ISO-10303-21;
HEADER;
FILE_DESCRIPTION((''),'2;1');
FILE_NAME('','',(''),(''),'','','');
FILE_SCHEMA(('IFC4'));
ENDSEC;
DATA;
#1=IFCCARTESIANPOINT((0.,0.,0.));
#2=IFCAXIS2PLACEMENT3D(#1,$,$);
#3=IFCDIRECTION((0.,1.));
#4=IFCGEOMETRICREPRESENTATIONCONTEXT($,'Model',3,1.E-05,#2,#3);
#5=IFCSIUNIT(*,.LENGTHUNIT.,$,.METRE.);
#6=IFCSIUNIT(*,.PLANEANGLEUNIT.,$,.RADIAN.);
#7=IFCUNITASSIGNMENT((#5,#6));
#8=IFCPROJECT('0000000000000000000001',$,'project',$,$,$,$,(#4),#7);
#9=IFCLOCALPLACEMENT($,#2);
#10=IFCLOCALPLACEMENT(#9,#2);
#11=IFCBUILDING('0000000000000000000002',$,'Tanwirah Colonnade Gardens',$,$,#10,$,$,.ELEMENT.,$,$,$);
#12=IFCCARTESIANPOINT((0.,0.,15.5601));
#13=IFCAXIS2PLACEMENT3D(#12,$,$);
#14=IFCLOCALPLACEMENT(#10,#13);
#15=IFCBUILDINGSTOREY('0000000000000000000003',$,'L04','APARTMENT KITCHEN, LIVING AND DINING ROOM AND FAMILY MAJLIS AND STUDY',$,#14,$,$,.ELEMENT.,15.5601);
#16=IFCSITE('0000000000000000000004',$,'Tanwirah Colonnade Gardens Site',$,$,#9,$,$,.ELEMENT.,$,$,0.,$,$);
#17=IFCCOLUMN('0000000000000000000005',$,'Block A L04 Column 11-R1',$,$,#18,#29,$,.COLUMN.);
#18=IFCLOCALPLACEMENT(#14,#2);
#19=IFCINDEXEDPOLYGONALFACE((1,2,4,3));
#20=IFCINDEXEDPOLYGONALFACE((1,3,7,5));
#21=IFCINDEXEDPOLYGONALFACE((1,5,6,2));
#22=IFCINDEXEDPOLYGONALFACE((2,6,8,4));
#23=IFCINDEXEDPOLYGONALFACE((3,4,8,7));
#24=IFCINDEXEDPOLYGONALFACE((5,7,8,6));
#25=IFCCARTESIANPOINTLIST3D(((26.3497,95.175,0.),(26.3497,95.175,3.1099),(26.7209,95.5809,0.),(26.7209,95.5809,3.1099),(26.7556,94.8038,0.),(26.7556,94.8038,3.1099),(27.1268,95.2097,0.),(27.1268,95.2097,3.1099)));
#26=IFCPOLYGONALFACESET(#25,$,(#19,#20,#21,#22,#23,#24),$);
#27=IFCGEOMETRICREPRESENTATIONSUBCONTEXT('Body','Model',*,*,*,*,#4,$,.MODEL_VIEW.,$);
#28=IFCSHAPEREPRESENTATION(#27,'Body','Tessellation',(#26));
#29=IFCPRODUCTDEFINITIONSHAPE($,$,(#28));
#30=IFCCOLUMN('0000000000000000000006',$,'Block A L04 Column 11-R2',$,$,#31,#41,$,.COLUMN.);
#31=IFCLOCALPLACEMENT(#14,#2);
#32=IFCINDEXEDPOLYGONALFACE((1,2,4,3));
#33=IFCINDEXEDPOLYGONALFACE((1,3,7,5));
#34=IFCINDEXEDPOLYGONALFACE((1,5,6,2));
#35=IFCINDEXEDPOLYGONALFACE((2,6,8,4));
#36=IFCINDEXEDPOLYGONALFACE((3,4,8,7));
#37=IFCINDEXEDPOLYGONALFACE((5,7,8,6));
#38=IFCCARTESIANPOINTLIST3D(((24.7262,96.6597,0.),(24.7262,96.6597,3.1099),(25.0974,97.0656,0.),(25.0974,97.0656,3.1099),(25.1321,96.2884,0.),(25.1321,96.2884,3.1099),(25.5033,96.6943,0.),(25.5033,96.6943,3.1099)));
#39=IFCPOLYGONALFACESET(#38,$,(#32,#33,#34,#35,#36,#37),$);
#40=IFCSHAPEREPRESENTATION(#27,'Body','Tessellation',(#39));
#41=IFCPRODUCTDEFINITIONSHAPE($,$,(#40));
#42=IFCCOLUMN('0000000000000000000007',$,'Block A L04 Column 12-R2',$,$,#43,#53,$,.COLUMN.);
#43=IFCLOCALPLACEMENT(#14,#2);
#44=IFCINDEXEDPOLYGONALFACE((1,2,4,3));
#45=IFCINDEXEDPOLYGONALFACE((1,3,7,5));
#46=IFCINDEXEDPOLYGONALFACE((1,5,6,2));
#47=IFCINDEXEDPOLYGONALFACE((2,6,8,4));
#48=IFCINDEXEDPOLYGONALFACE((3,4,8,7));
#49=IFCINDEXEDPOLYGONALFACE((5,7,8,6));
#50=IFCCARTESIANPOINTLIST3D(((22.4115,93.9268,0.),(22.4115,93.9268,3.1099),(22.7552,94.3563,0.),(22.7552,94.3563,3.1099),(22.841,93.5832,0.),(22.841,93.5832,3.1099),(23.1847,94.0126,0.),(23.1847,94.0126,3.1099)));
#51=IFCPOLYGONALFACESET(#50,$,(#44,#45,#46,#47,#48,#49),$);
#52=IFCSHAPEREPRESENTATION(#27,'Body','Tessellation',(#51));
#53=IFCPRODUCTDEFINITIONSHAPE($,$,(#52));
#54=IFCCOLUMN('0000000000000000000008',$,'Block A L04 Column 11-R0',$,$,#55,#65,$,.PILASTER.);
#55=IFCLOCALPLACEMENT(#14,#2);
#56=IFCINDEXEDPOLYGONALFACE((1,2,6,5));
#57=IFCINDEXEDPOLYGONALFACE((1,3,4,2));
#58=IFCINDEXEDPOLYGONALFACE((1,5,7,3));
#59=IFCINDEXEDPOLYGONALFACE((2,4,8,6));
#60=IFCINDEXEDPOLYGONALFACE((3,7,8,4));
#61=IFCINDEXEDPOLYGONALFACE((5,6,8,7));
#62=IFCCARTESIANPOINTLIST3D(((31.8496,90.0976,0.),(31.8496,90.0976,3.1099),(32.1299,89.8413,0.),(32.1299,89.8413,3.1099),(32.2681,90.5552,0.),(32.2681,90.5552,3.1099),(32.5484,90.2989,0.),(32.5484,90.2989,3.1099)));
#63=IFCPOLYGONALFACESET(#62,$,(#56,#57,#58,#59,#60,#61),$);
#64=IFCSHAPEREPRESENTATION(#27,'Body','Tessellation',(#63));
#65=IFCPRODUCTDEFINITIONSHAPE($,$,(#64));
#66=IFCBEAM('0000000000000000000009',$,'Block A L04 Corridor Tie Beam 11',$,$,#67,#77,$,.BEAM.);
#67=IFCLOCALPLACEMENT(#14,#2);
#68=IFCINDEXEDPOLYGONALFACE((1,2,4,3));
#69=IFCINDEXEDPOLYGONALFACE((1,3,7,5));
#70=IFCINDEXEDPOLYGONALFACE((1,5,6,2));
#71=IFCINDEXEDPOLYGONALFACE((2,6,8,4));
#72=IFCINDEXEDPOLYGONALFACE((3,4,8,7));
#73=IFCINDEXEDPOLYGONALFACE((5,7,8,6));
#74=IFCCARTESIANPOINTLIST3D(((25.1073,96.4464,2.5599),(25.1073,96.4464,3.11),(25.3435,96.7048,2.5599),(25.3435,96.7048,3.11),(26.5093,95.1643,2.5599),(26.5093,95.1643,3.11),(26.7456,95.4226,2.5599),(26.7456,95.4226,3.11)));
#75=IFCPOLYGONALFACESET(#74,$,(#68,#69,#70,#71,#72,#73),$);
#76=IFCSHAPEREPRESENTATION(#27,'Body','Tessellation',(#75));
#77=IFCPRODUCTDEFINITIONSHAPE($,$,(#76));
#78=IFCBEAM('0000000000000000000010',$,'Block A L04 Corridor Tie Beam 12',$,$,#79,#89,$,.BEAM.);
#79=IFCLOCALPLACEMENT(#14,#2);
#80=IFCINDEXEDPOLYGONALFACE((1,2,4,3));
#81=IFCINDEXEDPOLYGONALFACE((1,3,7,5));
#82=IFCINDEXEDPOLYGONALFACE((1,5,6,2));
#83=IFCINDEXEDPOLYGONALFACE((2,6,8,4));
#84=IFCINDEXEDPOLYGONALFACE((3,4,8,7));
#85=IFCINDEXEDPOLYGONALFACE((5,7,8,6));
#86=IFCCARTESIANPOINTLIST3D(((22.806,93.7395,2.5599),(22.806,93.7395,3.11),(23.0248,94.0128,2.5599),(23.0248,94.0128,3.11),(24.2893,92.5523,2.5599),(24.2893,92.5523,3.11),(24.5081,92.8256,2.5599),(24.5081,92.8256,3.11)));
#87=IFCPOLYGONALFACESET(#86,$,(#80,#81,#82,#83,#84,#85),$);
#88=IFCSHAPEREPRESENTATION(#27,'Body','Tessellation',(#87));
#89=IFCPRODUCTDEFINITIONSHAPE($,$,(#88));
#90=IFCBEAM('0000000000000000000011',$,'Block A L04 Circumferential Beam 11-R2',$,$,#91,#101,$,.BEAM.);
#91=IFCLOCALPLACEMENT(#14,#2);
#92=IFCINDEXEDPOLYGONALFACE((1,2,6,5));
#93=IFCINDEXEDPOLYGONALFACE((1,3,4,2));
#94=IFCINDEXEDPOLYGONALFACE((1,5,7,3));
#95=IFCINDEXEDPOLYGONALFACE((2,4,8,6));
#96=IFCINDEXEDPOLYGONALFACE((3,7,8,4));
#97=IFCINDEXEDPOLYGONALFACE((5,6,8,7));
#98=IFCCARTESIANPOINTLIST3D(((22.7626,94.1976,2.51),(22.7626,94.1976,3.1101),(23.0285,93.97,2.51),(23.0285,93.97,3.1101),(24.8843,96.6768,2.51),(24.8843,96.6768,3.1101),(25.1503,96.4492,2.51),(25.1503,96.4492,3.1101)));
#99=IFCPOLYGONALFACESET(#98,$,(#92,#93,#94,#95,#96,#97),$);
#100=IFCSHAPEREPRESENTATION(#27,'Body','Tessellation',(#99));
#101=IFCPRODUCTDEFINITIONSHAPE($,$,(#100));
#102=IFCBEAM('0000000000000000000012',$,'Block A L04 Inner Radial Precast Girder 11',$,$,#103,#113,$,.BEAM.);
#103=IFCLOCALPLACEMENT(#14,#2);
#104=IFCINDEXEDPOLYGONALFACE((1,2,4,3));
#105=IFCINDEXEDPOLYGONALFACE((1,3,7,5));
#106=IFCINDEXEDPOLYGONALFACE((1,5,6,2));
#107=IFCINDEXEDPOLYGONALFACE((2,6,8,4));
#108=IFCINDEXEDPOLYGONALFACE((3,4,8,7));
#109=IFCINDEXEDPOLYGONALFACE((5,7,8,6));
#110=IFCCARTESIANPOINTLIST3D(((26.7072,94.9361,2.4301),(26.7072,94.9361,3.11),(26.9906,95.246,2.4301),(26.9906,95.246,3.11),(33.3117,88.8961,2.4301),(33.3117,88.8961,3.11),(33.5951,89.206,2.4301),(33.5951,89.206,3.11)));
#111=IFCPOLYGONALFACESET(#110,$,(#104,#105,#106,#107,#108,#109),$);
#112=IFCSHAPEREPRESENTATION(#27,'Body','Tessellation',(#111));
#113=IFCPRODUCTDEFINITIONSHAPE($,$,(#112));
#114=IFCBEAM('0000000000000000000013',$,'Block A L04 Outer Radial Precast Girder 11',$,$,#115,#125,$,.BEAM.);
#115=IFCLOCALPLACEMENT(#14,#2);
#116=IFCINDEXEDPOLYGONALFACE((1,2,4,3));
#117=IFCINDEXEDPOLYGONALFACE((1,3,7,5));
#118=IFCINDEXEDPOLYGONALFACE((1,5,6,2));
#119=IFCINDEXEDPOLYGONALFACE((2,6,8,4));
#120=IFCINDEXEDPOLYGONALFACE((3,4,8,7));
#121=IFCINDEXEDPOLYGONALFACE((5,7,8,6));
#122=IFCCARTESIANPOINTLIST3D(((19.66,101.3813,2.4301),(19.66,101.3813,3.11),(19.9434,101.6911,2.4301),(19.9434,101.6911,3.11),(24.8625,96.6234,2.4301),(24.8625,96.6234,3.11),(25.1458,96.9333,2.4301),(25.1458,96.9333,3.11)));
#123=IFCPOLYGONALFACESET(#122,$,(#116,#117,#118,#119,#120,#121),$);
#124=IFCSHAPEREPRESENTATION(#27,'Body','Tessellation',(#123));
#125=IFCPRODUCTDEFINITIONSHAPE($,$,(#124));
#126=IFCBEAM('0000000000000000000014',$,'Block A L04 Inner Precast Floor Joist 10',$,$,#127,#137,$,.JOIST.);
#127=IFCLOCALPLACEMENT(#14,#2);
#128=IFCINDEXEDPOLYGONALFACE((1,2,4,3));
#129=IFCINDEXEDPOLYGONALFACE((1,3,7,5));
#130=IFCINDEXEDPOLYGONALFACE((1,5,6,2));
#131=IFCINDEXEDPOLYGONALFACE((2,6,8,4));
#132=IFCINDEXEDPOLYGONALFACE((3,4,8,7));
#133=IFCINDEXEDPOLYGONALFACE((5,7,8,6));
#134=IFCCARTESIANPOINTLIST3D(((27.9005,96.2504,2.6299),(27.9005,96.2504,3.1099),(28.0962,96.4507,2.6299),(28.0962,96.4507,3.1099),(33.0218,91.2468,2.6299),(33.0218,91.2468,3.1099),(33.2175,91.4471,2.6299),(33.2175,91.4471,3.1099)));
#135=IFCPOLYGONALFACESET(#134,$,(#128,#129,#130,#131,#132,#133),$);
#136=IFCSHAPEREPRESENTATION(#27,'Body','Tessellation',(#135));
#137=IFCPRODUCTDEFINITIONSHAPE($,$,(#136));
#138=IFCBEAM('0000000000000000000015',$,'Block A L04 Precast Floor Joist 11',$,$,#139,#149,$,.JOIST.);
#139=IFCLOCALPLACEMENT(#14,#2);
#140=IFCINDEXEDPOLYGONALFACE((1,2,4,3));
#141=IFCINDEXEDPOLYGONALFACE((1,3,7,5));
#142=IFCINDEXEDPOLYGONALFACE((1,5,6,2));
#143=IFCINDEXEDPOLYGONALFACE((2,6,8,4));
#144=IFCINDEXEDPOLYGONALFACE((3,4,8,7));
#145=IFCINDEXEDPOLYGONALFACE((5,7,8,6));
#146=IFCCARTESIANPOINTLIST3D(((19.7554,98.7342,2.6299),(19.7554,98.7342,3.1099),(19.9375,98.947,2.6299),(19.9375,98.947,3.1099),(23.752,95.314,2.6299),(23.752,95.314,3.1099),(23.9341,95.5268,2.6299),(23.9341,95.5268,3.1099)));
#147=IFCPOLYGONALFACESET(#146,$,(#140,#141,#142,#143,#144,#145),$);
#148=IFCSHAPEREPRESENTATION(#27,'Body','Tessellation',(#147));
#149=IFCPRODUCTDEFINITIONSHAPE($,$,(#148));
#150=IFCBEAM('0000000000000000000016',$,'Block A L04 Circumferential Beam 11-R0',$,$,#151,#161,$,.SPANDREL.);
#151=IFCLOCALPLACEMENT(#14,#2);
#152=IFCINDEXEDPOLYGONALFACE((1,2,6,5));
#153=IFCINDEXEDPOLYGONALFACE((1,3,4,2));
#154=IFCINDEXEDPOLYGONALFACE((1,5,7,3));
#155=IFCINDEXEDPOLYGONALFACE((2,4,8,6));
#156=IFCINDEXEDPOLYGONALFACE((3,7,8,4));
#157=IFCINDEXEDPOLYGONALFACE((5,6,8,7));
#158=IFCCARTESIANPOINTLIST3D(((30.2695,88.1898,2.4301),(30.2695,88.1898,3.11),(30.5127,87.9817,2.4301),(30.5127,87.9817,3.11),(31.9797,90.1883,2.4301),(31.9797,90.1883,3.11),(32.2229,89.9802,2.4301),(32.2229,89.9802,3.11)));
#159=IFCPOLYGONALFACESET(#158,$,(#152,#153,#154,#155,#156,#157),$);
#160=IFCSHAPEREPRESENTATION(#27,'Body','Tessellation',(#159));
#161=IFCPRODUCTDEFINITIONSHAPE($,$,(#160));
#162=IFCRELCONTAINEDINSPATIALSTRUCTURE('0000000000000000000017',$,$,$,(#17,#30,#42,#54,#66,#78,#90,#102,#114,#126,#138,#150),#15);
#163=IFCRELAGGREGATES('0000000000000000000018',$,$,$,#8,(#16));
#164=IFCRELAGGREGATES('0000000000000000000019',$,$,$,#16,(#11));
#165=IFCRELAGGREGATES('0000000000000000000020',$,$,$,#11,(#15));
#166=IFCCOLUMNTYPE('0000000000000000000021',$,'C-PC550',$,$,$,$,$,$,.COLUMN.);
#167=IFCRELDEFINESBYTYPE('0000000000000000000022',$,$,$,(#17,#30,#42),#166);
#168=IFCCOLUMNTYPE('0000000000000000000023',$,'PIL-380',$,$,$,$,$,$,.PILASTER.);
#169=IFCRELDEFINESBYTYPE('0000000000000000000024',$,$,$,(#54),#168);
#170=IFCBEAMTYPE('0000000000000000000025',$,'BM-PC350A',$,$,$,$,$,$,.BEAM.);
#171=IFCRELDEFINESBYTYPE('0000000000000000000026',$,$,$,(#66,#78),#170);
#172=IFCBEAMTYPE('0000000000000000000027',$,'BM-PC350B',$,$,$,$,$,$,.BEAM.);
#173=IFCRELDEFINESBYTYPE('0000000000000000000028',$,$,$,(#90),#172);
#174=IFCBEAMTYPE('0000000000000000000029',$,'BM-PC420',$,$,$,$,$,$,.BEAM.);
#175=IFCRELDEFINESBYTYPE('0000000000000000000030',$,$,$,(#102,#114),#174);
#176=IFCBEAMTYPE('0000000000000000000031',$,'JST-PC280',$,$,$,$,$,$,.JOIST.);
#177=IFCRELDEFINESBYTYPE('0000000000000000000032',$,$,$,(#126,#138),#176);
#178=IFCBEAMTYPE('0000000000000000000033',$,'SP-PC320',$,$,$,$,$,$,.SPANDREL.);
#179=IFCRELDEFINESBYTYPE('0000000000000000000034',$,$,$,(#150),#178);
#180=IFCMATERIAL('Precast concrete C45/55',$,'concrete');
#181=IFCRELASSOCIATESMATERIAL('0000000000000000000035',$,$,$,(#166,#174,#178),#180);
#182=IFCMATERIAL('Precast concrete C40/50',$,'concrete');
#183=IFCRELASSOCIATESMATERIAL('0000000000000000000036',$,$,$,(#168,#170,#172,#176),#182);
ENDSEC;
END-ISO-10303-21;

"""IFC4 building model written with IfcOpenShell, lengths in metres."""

from ifc_helpers import new_model, si_unit, direction, frame, origin, origin_2d, place, context, subcontext, project, spatial, rectangle, extrude, material, material_profile, profile_set, type_object, element, save


model = new_model("IFC4")

# Units and contexts
model_context = context("Model", 3, precision=1e-05, world=origin(), true_north=direction((0.0, 1.0)))
body_context = subcontext(model_context, "Body", "Model", "MODEL_VIEW")
ifc_project = project(units=[si_unit("LENGTHUNIT", "METRE"), si_unit("PLANEANGLEUNIT", "RADIAN")], contexts=[model_context])

# Site, building, storey
site_placement = place(None, origin())
site = spatial("IfcSite", under=ifc_project, at=site_placement, Name="Tanwirah Colonnade Gardens Site", CompositionType="ELEMENT", RefElevation=0.0)
building_placement = place(site_placement, origin())
building = spatial("IfcBuilding", under=site, at=building_placement, Name="Tanwirah Colonnade Gardens", CompositionType="ELEMENT")
storey_placement = place(building_placement, frame((0.0, 0.0, 15.5601)))
storey = spatial("IfcBuildingStorey", under=building, at=storey_placement, Name="L04", Description="APARTMENT KITCHEN, LIVING AND DINING ROOM AND FAMILY MAJLIS AND STUDY", CompositionType="ELEMENT", Elevation=15.5601)

# Columns
ifc_material_1 = material(Name="Precast concrete C45/55", Category="concrete")
ifc_material_profile_1 = material_profile(ifc_material_1, rectangle(XDim=0.55, YDim=0.55, at=origin_2d()), Name="PC-COL 550x550")
ifc_profile_set_1 = profile_set([ifc_material_profile_1], Name="Precast concrete C45/55")
column_type_1 = type_object("IfcColumnType", Name="C-PC550", PredefinedType="COLUMN", material=ifc_profile_set_1)
for number, where, z_axis, x_axis, name in (
    (1, (26.7383, 95.1924, 0.0), (0.0, 0.0, 1.0), (-0.737932, 0.674875, 0.0), "Block A L04 Column 11-R1"),
    (2, (25.1147, 96.677, 0.0), (0.0, 0.0, 1.0), (-0.737932, 0.674875, 0.0), "Block A L04 Column 11-R2"),
    (3, (22.7981, 93.9697, 0.0), (0.0, 0.0, 1.0), (-0.780794, 0.624788, 0.0), "Block A L04 Column 12-R2"),
):
    element("IfcColumn", number, at=place(storey_placement, frame(where, z_axis=z_axis, x_axis=x_axis)), inside=storey, type_object=column_type_1, Name=name, PredefinedType="COLUMN", context=body_context, shape_type="SweptSolid", body=[
        extrude(rectangle(XDim=0.55, YDim=0.55, at=origin_2d()), origin(), (0.0, 0.0, 1.0), 3.1099),
    ])
ifc_material_2 = material(Name="Precast concrete C40/50", Category="concrete")
ifc_material_profile_2 = material_profile(ifc_material_2, rectangle(XDim=0.3799, YDim=0.6201, at=origin_2d()), Name="PC-PIL 380x620")
ifc_profile_set_2 = profile_set([ifc_material_profile_2], Name="Precast concrete C40/50")
column_type_2 = type_object("IfcColumnType", Name="PIL-380", PredefinedType="PILASTER", material=ifc_profile_set_2)
column_placement = place(storey_placement, frame((32.199, 90.1982, 0.0), z_axis=(0.0, 0.0, 1.0), x_axis=(-0.737932, 0.674875, 0.0)))
element("IfcColumn", 4, at=column_placement, inside=storey, type_object=column_type_2, Name="Block A L04 Column 11-R0", PredefinedType="PILASTER", context=body_context, shape_type="SweptSolid", body=[
    extrude(rectangle(XDim=0.3799, YDim=0.6201, at=origin_2d()), origin(), (0.0, 0.0, 1.0), 3.1099),
])

# Beams
ifc_material_profile_3 = material_profile(ifc_material_2, rectangle(XDim=0.3501, YDim=0.55, at=origin_2d()), Name="PC-BM 350x550")
ifc_profile_set_3 = profile_set([ifc_material_profile_3], Name="Precast concrete C40/50")
beam_type_1 = type_object("IfcBeamType", Name="BM-PC350A", PredefinedType="BEAM", material=ifc_profile_set_3)
for number, where, z_axis, x_axis, name in (
    (5, (26.6274, 95.2935, 2.835), (-0.737948, 0.674857, 0.0), (-0.674857, -0.737948, 0.0), "Block A L04 Corridor Tie Beam 11"),
    (6, (24.3987, 92.689, 2.835), (-0.780731, 0.624867, 0.0), (-0.624867, -0.780731, 0.0), "Block A L04 Corridor Tie Beam 12"),
):
    element("IfcBeam", number, at=place(storey_placement, frame(where, z_axis=z_axis, x_axis=x_axis)), inside=storey, type_object=beam_type_1, Name=name, PredefinedType="BEAM", context=body_context, shape_type="SweptSolid", body=[
        extrude(rectangle(XDim=0.3501, YDim=0.55, at=origin_2d()), origin(), (0.0, 0.0, 1.0), 1.8999),
    ])
ifc_material_profile_4 = material_profile(ifc_material_2, rectangle(XDim=0.3501, YDim=0.6001, at=origin_2d()), Name="PC-BM 350x600")
ifc_profile_set_4 = profile_set([ifc_material_profile_4], Name="Precast concrete C40/50")
beam_type_2 = type_object("IfcBeamType", Name="BM-PC350B", PredefinedType="BEAM", material=ifc_profile_set_4)
beam_1_placement = place(storey_placement, frame((25.0173, 96.563, 2.8101), z_axis=(-0.650218, -0.759748, 0.0), x_axis=(0.759748, -0.650218, 0.0)))
element("IfcBeam", 7, at=beam_1_placement, inside=storey, type_object=beam_type_2, Name="Block A L04 Circumferential Beam 11-R2", PredefinedType="BEAM", context=body_context, shape_type="SweptSolid", body=[
    extrude(rectangle(XDim=0.3501, YDim=0.6001, at=origin_2d()), origin(), (0.0, 0.0, 1.0), 3.2632),
])
ifc_material_profile_5 = material_profile(ifc_material_1, rectangle(XDim=0.4199, YDim=0.6799, at=origin_2d()), Name="PC-BM 420x680")
ifc_profile_set_5 = profile_set([ifc_material_profile_5], Name="Precast concrete C45/55")
beam_type_3 = type_object("IfcBeamType", Name="BM-PC420", PredefinedType="BEAM", material=ifc_profile_set_5)
beam_2_placement = place(storey_placement, frame((26.8489, 95.0911, 2.77), z_axis=(0.737937, -0.674869, 0.0), x_axis=(0.674869, 0.737937, 0.0)))
element("IfcBeam", 8, at=beam_2_placement, inside=storey, type_object=beam_type_3, Name="Block A L04 Inner Radial Precast Girder 11", PredefinedType="BEAM", context=body_context, shape_type="SweptSolid", body=[
    extrude(rectangle(XDim=0.4199, YDim=0.6799, at=origin_2d()), origin(), (0.0, 0.0, 1.0), 8.95),
])
beam_3_placement = place(storey_placement, frame((25.0042, 96.7783, 2.77), z_axis=(-0.737934, 0.674873, 0.0), x_axis=(-0.674873, -0.737934, 0.0)))
element("IfcBeam", 9, at=beam_3_placement, inside=storey, type_object=beam_type_3, Name="Block A L04 Outer Radial Precast Girder 11", PredefinedType="BEAM", context=body_context, shape_type="SweptSolid", body=[
    extrude(rectangle(XDim=0.4199, YDim=0.6799, at=origin_2d()), origin(), (0.0, 0.0, 1.0), 7.05),
])
ifc_material_profile_6 = material_profile(ifc_material_2, rectangle(XDim=0.28, YDim=0.48, at=origin_2d()), Name="PC-JST 280x480")
ifc_profile_set_6 = profile_set([ifc_material_profile_6], Name="Precast concrete C40/50")
beam_type_4 = type_object("IfcBeamType", Name="JST-PC280", PredefinedType="JOIST", material=ifc_profile_set_6)
beam_4_placement = place(storey_placement, frame((33.1196, 91.3469, 2.8699), z_axis=(-0.715277, 0.698841, 0.0), x_axis=(-0.698841, -0.715277, 0.0)))
element("IfcBeam", 10, at=beam_4_placement, inside=storey, type_object=beam_type_4, Name="Block A L04 Inner Precast Floor Joist 10", PredefinedType="JOIST", context=body_context, shape_type="SweptSolid", body=[
    extrude(rectangle(XDim=0.28, YDim=0.48, at=origin_2d()), origin(), (0.0, 0.0, 1.0), 7.1599),
])
beam_5_placement = place(storey_placement, frame((23.843, 95.4204, 2.8699), z_axis=(-0.759771, 0.650191, 0.0), x_axis=(-0.650191, -0.759771, 0.0)))
element("IfcBeam", 11, at=beam_5_placement, inside=storey, type_object=beam_type_4, Name="Block A L04 Precast Floor Joist 11", PredefinedType="JOIST", context=body_context, shape_type="SweptSolid", body=[
    extrude(rectangle(XDim=0.28, YDim=0.48, at=origin_2d()), origin(), (0.0, 0.0, 1.0), 5.2603),
])
ifc_material_profile_7 = material_profile(ifc_material_1, rectangle(XDim=0.3201, YDim=0.6799, at=origin_2d()), Name="PC-SP 320x680")
ifc_profile_set_7 = profile_set([ifc_material_profile_7], Name="Precast concrete C45/55")
beam_type_5 = type_object("IfcBeamType", Name="SP-PC320", PredefinedType="SPANDREL", material=ifc_profile_set_7)
beam_6_placement = place(storey_placement, frame((32.1013, 90.0842, 2.77), z_axis=(-0.650172, -0.759787, 0.0), x_axis=(0.759787, -0.650172, 0.0)))
element("IfcBeam", 12, at=beam_6_placement, inside=storey, type_object=beam_type_5, Name="Block A L04 Circumferential Beam 11-R0", PredefinedType="SPANDREL", context=body_context, shape_type="SweptSolid", body=[
    extrude(rectangle(XDim=0.3201, YDim=0.6799, at=origin_2d()), origin(), (0.0, 0.0, 1.0), 2.6304),
])

save(model, "model.ifc")
